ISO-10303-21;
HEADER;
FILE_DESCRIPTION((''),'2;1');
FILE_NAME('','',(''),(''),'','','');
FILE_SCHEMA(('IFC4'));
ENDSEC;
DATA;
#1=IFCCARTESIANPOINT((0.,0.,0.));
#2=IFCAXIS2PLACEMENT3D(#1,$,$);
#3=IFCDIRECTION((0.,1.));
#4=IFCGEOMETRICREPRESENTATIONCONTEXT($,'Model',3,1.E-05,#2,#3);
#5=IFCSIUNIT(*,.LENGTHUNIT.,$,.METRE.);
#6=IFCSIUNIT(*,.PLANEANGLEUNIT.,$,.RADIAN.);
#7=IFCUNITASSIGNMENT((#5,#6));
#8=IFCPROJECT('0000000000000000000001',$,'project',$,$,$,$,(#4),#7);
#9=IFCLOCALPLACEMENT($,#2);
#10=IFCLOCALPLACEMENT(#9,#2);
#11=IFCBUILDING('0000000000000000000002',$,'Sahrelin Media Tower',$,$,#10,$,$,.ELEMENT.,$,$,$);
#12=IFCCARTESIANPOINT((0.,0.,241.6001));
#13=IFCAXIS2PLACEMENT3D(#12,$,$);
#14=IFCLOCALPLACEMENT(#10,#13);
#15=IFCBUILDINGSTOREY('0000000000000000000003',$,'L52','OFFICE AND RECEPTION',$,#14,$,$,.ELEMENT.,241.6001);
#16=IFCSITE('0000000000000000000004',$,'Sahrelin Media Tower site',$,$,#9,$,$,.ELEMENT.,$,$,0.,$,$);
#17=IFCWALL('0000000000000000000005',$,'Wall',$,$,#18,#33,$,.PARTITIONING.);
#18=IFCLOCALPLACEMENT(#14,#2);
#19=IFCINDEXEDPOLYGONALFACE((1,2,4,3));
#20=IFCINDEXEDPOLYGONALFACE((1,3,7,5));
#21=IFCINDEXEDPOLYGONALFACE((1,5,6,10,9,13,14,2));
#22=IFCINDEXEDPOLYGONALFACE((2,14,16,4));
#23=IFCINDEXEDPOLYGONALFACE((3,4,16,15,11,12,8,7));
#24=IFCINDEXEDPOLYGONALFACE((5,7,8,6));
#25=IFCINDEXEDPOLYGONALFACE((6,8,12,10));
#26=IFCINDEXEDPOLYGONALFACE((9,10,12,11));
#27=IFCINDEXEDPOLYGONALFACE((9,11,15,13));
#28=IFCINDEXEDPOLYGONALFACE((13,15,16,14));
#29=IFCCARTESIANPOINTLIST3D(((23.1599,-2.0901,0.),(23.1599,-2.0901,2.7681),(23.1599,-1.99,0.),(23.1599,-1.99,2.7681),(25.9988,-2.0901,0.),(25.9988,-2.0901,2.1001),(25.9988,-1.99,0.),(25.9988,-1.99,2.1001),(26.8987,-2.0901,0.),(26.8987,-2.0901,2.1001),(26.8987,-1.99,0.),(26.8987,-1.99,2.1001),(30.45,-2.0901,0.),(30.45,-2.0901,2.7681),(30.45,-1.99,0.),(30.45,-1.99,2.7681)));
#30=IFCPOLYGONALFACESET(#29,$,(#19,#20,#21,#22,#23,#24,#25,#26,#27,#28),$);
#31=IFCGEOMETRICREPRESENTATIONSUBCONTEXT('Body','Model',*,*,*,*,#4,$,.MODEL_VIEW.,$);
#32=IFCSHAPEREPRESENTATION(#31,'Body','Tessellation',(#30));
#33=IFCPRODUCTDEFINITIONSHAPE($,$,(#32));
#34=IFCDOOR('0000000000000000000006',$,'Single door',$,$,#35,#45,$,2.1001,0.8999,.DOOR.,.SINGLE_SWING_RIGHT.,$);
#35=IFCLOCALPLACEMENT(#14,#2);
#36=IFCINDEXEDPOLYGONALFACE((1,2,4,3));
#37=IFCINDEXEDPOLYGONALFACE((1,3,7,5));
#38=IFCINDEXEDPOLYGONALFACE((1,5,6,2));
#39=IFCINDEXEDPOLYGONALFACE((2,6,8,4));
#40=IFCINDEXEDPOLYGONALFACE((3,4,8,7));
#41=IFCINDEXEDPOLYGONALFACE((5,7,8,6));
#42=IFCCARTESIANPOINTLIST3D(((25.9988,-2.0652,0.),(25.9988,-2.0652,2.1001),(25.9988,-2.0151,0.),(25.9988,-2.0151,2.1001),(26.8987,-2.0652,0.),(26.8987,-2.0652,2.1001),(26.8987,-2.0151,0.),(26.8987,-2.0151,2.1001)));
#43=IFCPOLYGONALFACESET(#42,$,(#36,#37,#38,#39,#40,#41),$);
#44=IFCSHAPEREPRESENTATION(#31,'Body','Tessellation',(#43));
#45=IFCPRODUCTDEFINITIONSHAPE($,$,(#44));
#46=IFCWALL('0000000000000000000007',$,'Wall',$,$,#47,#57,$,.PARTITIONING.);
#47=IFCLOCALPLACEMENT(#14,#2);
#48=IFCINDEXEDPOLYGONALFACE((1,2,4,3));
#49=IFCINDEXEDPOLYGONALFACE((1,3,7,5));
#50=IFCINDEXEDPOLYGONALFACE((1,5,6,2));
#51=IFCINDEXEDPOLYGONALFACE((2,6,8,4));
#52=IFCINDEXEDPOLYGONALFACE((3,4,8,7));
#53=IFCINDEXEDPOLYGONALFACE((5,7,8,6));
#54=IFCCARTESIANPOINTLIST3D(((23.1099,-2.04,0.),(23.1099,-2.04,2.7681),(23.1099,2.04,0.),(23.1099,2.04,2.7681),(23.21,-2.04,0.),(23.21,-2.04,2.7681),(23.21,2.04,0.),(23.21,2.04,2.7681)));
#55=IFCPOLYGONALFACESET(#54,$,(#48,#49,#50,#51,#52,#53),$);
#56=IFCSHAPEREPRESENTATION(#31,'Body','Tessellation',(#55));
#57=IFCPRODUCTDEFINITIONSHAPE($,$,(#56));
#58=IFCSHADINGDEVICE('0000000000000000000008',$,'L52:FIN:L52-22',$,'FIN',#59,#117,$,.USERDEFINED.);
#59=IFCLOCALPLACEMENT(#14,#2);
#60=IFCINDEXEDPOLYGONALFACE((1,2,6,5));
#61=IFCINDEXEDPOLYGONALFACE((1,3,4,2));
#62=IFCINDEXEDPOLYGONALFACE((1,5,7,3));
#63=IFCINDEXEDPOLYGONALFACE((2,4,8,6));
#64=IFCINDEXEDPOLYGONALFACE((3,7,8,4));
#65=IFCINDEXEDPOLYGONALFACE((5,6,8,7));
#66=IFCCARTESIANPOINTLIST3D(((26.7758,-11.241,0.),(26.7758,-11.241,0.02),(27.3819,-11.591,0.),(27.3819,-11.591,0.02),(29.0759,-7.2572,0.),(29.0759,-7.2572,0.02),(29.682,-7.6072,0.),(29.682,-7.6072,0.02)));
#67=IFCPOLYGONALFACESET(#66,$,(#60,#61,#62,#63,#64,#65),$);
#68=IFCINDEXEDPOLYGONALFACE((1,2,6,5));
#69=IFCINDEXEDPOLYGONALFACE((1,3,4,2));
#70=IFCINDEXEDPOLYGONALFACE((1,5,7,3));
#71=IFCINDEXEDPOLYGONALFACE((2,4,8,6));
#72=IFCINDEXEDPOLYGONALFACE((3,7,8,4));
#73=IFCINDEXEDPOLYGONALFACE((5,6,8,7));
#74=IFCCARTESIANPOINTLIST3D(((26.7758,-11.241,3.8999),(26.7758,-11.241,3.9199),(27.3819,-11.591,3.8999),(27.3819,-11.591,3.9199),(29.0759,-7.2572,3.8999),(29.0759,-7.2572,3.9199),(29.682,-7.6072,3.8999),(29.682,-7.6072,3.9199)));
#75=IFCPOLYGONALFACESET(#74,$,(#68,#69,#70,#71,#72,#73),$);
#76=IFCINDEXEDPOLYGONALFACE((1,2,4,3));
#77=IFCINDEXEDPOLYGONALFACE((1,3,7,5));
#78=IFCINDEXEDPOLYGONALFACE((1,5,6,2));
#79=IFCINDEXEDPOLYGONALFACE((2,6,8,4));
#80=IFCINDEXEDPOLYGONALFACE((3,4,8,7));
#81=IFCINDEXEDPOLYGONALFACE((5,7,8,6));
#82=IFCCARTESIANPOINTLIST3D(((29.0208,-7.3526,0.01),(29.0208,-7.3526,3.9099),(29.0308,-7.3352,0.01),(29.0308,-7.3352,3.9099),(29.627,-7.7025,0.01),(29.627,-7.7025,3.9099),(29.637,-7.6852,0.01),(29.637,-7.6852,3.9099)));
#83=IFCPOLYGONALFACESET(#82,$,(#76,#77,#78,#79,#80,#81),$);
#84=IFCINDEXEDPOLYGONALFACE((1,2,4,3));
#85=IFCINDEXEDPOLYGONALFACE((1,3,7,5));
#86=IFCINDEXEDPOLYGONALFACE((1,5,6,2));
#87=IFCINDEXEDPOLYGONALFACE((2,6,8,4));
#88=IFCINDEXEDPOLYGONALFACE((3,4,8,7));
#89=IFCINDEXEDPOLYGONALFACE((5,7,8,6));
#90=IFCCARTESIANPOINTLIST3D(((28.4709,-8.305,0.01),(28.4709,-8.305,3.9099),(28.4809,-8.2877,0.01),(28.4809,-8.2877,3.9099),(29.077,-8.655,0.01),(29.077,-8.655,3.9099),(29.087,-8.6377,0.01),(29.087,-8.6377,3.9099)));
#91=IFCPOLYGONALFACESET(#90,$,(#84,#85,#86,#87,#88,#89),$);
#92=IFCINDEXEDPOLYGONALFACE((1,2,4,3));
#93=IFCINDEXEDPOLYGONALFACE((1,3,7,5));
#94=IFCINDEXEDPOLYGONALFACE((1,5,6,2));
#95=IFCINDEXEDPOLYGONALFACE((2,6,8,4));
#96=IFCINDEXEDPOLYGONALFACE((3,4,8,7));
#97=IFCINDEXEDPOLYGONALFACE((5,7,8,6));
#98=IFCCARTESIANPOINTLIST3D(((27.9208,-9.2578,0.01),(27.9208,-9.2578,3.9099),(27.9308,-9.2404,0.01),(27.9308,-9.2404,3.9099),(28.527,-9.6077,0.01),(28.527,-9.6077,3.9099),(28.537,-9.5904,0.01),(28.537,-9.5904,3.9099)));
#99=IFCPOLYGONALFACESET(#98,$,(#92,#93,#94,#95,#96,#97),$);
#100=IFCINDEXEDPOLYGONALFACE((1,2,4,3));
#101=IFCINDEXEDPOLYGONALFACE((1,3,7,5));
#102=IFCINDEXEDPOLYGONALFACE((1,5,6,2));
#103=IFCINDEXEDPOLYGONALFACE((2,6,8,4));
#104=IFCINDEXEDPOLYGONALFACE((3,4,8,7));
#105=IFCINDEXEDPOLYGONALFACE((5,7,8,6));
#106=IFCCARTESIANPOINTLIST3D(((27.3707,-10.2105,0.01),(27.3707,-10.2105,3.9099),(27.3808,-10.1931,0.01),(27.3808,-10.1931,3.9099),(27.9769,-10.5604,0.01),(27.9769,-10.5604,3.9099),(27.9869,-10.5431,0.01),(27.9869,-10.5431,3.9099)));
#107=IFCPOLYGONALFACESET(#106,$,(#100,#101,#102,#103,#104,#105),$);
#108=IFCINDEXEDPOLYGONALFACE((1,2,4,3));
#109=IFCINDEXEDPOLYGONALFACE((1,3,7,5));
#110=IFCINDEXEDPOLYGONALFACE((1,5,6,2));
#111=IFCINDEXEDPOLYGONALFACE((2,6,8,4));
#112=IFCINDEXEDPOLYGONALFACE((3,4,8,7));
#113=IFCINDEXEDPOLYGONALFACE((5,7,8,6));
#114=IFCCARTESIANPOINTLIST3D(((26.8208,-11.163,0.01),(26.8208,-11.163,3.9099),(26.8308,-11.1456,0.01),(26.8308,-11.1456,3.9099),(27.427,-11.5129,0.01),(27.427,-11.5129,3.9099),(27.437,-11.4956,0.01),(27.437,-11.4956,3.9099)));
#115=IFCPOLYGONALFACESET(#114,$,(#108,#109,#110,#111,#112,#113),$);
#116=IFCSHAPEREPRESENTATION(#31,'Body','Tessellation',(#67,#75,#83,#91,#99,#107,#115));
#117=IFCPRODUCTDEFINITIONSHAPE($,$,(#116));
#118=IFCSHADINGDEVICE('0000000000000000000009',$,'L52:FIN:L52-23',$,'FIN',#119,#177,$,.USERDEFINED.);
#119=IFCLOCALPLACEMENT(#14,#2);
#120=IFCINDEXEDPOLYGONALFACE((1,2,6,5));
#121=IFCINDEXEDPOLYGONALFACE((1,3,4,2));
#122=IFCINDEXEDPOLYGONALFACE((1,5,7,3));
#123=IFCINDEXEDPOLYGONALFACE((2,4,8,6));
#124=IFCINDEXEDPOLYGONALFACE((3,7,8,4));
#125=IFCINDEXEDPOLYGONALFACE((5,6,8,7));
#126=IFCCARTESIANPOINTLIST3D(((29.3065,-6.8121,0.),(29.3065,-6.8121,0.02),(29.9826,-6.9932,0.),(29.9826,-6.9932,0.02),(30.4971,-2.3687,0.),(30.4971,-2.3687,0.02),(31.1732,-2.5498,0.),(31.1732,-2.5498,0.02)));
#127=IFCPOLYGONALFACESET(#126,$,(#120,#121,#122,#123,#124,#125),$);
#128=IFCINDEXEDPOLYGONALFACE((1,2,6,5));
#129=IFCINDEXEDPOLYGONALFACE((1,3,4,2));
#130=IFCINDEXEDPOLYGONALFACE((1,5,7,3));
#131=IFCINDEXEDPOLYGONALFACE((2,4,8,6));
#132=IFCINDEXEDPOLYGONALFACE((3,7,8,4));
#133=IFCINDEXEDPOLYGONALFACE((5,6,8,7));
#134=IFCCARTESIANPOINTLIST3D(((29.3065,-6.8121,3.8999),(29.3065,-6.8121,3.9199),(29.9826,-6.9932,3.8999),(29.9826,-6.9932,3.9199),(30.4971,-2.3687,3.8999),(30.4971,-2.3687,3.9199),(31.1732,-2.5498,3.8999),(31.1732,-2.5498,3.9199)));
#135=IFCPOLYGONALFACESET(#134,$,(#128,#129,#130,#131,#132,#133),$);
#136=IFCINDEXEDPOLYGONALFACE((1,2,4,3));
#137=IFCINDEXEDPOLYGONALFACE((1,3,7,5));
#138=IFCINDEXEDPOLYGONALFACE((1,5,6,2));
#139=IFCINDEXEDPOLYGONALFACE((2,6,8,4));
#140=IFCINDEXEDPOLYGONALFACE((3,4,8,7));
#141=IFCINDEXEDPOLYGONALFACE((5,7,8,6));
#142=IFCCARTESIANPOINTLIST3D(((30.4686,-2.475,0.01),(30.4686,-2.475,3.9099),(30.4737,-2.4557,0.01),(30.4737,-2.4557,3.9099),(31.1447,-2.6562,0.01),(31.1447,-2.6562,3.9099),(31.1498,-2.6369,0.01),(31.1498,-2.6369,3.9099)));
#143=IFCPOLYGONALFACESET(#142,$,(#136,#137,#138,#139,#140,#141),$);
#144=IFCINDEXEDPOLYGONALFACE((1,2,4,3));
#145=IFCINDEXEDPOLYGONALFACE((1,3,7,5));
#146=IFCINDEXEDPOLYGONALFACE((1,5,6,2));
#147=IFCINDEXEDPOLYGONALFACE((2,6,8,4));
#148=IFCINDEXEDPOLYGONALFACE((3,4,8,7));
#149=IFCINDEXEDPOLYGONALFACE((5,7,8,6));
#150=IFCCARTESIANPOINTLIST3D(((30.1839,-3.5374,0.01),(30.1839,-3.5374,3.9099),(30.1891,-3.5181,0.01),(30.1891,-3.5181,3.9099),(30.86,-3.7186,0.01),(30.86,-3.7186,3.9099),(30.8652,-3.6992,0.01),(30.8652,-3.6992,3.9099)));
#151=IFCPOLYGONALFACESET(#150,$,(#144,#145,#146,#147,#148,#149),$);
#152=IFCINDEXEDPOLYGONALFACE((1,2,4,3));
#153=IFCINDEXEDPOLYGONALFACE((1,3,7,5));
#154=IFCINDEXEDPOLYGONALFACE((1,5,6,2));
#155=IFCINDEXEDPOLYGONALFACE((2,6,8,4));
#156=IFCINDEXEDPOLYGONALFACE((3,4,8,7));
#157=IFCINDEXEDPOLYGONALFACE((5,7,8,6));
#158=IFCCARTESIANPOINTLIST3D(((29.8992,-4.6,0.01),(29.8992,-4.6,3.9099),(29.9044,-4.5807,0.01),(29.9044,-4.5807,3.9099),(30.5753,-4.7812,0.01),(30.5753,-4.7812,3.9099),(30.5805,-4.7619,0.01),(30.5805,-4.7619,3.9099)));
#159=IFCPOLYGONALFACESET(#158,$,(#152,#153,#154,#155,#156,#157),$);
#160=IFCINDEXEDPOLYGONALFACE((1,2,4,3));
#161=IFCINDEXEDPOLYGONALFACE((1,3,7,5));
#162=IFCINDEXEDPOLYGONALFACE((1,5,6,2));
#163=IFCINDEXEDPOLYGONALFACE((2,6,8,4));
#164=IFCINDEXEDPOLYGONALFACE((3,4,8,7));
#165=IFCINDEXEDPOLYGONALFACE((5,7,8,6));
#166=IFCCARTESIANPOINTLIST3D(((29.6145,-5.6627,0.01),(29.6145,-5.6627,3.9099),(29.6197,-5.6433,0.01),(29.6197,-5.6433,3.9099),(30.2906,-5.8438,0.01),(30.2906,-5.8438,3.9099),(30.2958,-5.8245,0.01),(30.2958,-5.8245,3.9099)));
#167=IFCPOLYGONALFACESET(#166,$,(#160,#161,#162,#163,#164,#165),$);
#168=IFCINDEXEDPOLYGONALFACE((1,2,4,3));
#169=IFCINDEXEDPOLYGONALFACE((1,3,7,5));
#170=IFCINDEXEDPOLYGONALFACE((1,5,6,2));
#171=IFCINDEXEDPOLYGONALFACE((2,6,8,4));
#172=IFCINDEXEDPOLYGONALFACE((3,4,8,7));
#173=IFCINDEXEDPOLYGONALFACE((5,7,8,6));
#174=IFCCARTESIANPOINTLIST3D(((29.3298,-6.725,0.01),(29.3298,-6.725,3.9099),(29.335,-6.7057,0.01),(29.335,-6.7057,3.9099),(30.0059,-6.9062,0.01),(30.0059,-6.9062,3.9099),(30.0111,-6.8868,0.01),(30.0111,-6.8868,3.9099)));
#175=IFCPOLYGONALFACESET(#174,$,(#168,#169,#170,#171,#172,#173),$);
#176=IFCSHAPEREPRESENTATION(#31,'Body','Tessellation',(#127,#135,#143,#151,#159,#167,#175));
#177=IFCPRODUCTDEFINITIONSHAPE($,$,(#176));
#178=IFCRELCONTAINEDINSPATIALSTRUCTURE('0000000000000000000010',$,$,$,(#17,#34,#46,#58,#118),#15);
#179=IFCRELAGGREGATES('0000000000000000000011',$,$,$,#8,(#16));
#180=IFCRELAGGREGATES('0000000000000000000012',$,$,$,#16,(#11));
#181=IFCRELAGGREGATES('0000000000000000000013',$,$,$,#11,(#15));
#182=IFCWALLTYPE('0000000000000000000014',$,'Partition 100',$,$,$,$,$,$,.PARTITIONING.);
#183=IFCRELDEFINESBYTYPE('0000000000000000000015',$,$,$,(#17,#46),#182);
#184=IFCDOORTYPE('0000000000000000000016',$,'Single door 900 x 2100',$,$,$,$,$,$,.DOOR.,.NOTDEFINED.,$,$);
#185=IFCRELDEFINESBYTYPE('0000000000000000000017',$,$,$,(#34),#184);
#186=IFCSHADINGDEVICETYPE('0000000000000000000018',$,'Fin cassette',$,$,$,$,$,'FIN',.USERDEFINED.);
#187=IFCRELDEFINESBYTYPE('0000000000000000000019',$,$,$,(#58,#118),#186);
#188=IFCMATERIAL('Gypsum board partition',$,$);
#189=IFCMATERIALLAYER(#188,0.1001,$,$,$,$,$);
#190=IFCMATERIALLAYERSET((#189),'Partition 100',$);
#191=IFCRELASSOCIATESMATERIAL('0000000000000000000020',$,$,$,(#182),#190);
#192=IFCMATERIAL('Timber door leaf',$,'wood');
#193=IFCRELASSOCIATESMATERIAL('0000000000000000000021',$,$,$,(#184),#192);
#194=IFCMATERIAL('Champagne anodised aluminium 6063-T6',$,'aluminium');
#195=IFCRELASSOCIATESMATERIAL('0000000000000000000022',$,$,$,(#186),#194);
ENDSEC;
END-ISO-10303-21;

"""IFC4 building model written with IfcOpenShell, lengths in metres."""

from ifc_helpers import new_model, si_unit, direction, frame, frame_2d, origin, origin_2d, place, context, subcontext, project, spatial, rectangle, extrude, material, layer, layer_set, type_object, element, fill, save


model = new_model("IFC4")

# Units and contexts
model_context = context("Model", 3, precision=1e-05, world=origin(), true_north=direction((0.0, 1.0)))
body_context = subcontext(model_context, "Body", "Model", "MODEL_VIEW")
ifc_project = project(units=[si_unit("LENGTHUNIT", "METRE"), si_unit("PLANEANGLEUNIT", "RADIAN")], contexts=[model_context])

# Site, building, storey
site_placement = place(None, origin())
site = spatial("IfcSite", under=ifc_project, at=site_placement, Name="Sahrelin Media Tower site", CompositionType="ELEMENT", RefElevation=0.0)
building_placement = place(site_placement, origin())
building = spatial("IfcBuilding", under=site, at=building_placement, Name="Sahrelin Media Tower", CompositionType="ELEMENT")
storey_placement = place(building_placement, frame((0.0, 0.0, 241.6001)))
storey = spatial("IfcBuildingStorey", under=building, at=storey_placement, Name="L52", Description="OFFICE AND RECEPTION", CompositionType="ELEMENT", Elevation=241.6001)

# Shared definitions
ifc_material_1 = material(Name="Champagne anodised aluminium 6063-T6", Category="aluminium")

# Wall, opening, door
ifc_material_2 = material(Name="Gypsum board partition")
ifc_layer_1 = layer(ifc_material_2, 0.1001)
ifc_layer_set_1 = layer_set([ifc_layer_1], Name="Partition 100")
wall_type_1 = type_object("IfcWallType", Name="Partition 100", PredefinedType="PARTITIONING", material=ifc_layer_set_1)
wall_1_placement = place(storey_placement, frame((23.1599, -2.04, 0.0), z_axis=(0.0, 0.0, 1.0), x_axis=(1.0, 0.0, 0.0)))
wall_1 = element("IfcWall", 1, at=wall_1_placement, inside=storey, type_object=wall_type_1, Name="Wall", PredefinedType="PARTITIONING", context=body_context, shape_type="SweptSolid", body=[
    extrude(rectangle(XDim=7.29, YDim=0.1001, at=frame_2d((3.645, 0.0))), origin(), (0.0, 0.0, 1.0), 2.7681),
])
opening_1_placement = place(wall_1_placement, frame((2.8389, 0.0, 0.0)))
opening_1 = element("IfcOpeningElement", 2, at=opening_1_placement, cuts=wall_1, PredefinedType="OPENING", context=body_context, shape_type="SweptSolid", body=[
    extrude(rectangle(XDim=0.8999, YDim=2.1001, at=frame_2d((0.45, 1.05))), frame((0.0, 0.05, 0.0), z_axis=(0.0, -1.0, 0.0), x_axis=(1.0, 0.0, 0.0)), (0.0, 0.0, 1.0), 0.1001),
])
ifc_material_3 = material(Name="Timber door leaf", Category="wood")
door_type_1 = type_object("IfcDoorType", Name="Single door 900 x 2100", OperationType="NOTDEFINED", PredefinedType="DOOR", material=ifc_material_3)
door_1_placement = place(opening_1_placement, origin())
door_1 = element("IfcDoor", 3, at=door_1_placement, inside=storey, type_object=door_type_1, Name="Single door", OperationType="SINGLE_SWING_RIGHT", OverallHeight=2.1001, OverallWidth=0.8999, PredefinedType="DOOR", context=body_context, shape_type="SweptSolid", body=[
    extrude(rectangle(XDim=0.8999, YDim=2.1001, at=frame_2d((0.45, 1.05))), frame((0.0, 0.0249, 0.0), z_axis=(0.0, -1.0, 0.0), x_axis=(1.0, 0.0, 0.0)), (0.0, 0.0, 1.0), 0.05),
])
fill(opening_1, door_1)

# Wall
wall_2_placement = place(storey_placement, frame((23.1599, -2.04, 0.0), z_axis=(0.0, 0.0, 1.0), x_axis=(0.0, 1.0, 0.0)))
element("IfcWall", 4, at=wall_2_placement, inside=storey, type_object=wall_type_1, Name="Wall", PredefinedType="PARTITIONING", context=body_context, shape_type="SweptSolid", body=[
    extrude(rectangle(XDim=4.0801, YDim=0.1001, at=frame_2d((2.04, 0.0))), origin(), (0.0, 0.0, 1.0), 2.7681),
])

# Shading devices
shading_device_type_1 = type_object("IfcShadingDeviceType", Name="Fin cassette", ElementType="FIN", PredefinedType="USERDEFINED", material=ifc_material_1)
placement_1 = place(storey_placement, frame((27.8652, -9.2141, 0.0), z_axis=(0.0, 0.0, 1.0), x_axis=(-0.500011, -0.866019, 0.0)))
element("IfcShadingDevice", 5, at=placement_1, inside=storey, type_object=shading_device_type_1, Name="L52:FIN:L52-22", ObjectType="FIN", PredefinedType="USERDEFINED", context=body_context, shape_type="SweptSolid", body=[
    extrude(rectangle(XDim=4.6001, YDim=0.7, at=origin_2d()), frame((0.0, 0.4199, 0.0)), (0.0, 0.0, 1.0), 0.02),
    extrude(rectangle(XDim=4.6001, YDim=0.7, at=origin_2d()), frame((0.0, 0.4199, 3.8999)), (0.0, 0.0, 1.0), 0.02),
    extrude(rectangle(XDim=0.02, YDim=0.7, at=origin_2d()), frame((-2.2, 0.4199, 0.01), z_axis=(0.0, 0.0, 1.0), x_axis=(1.0, 0.0, 0.0)), (0.0, 0.0, 1.0), 3.8999),
    extrude(rectangle(XDim=0.02, YDim=0.7, at=origin_2d()), frame((-1.1001, 0.4199, 0.01), z_axis=(0.0, 0.0, 1.0), x_axis=(1.0, 0.0, 0.0)), (0.0, 0.0, 1.0), 3.8999),
    extrude(rectangle(XDim=0.02, YDim=0.7, at=origin_2d()), frame((0.0, 0.4199, 0.01), z_axis=(0.0, 0.0, 1.0), x_axis=(1.0, 0.0, 0.0)), (0.0, 0.0, 1.0), 3.8999),
    extrude(rectangle(XDim=0.02, YDim=0.7, at=origin_2d()), frame((1.1001, 0.4199, 0.01), z_axis=(0.0, 0.0, 1.0), x_axis=(1.0, 0.0, 0.0)), (0.0, 0.0, 1.0), 3.8999),
    extrude(rectangle(XDim=0.02, YDim=0.7, at=origin_2d()), frame((2.2, 0.4199, 0.01), z_axis=(0.0, 0.0, 1.0), x_axis=(1.0, 0.0, 0.0)), (0.0, 0.0, 1.0), 3.8999),
])
placement_2 = place(storey_placement, frame((29.8342, -4.5723, 0.0), z_axis=(0.0, 0.0, 1.0), x_axis=(-0.258808, -0.965929, 0.0)))
element("IfcShadingDevice", 6, at=placement_2, inside=storey, type_object=shading_device_type_1, Name="L52:FIN:L52-23", ObjectType="FIN", PredefinedType="USERDEFINED", context=body_context, shape_type="SweptSolid", body=[
    extrude(rectangle(XDim=4.6001, YDim=0.7, at=origin_2d()), frame((0.0, 0.4199, 0.0)), (0.0, 0.0, 1.0), 0.02),
    extrude(rectangle(XDim=4.6001, YDim=0.7, at=origin_2d()), frame((0.0, 0.4199, 3.8999)), (0.0, 0.0, 1.0), 0.02),
    extrude(rectangle(XDim=0.02, YDim=0.7, at=origin_2d()), frame((-2.2, 0.4199, 0.01), z_axis=(0.0, 0.0, 1.0), x_axis=(1.0, 0.0, 0.0)), (0.0, 0.0, 1.0), 3.8999),
    extrude(rectangle(XDim=0.02, YDim=0.7, at=origin_2d()), frame((-1.1001, 0.4199, 0.01), z_axis=(0.0, 0.0, 1.0), x_axis=(1.0, 0.0, 0.0)), (0.0, 0.0, 1.0), 3.8999),
    extrude(rectangle(XDim=0.02, YDim=0.7, at=origin_2d()), frame((0.0, 0.4199, 0.01), z_axis=(0.0, 0.0, 1.0), x_axis=(1.0, 0.0, 0.0)), (0.0, 0.0, 1.0), 3.8999),
    extrude(rectangle(XDim=0.02, YDim=0.7, at=origin_2d()), frame((1.1001, 0.4199, 0.01), z_axis=(0.0, 0.0, 1.0), x_axis=(1.0, 0.0, 0.0)), (0.0, 0.0, 1.0), 3.8999),
    extrude(rectangle(XDim=0.02, YDim=0.7, at=origin_2d()), frame((2.2, 0.4199, 0.01), z_axis=(0.0, 0.0, 1.0), x_axis=(1.0, 0.0, 0.0)), (0.0, 0.0, 1.0), 3.8999),
])

save(model, "model.ifc")
